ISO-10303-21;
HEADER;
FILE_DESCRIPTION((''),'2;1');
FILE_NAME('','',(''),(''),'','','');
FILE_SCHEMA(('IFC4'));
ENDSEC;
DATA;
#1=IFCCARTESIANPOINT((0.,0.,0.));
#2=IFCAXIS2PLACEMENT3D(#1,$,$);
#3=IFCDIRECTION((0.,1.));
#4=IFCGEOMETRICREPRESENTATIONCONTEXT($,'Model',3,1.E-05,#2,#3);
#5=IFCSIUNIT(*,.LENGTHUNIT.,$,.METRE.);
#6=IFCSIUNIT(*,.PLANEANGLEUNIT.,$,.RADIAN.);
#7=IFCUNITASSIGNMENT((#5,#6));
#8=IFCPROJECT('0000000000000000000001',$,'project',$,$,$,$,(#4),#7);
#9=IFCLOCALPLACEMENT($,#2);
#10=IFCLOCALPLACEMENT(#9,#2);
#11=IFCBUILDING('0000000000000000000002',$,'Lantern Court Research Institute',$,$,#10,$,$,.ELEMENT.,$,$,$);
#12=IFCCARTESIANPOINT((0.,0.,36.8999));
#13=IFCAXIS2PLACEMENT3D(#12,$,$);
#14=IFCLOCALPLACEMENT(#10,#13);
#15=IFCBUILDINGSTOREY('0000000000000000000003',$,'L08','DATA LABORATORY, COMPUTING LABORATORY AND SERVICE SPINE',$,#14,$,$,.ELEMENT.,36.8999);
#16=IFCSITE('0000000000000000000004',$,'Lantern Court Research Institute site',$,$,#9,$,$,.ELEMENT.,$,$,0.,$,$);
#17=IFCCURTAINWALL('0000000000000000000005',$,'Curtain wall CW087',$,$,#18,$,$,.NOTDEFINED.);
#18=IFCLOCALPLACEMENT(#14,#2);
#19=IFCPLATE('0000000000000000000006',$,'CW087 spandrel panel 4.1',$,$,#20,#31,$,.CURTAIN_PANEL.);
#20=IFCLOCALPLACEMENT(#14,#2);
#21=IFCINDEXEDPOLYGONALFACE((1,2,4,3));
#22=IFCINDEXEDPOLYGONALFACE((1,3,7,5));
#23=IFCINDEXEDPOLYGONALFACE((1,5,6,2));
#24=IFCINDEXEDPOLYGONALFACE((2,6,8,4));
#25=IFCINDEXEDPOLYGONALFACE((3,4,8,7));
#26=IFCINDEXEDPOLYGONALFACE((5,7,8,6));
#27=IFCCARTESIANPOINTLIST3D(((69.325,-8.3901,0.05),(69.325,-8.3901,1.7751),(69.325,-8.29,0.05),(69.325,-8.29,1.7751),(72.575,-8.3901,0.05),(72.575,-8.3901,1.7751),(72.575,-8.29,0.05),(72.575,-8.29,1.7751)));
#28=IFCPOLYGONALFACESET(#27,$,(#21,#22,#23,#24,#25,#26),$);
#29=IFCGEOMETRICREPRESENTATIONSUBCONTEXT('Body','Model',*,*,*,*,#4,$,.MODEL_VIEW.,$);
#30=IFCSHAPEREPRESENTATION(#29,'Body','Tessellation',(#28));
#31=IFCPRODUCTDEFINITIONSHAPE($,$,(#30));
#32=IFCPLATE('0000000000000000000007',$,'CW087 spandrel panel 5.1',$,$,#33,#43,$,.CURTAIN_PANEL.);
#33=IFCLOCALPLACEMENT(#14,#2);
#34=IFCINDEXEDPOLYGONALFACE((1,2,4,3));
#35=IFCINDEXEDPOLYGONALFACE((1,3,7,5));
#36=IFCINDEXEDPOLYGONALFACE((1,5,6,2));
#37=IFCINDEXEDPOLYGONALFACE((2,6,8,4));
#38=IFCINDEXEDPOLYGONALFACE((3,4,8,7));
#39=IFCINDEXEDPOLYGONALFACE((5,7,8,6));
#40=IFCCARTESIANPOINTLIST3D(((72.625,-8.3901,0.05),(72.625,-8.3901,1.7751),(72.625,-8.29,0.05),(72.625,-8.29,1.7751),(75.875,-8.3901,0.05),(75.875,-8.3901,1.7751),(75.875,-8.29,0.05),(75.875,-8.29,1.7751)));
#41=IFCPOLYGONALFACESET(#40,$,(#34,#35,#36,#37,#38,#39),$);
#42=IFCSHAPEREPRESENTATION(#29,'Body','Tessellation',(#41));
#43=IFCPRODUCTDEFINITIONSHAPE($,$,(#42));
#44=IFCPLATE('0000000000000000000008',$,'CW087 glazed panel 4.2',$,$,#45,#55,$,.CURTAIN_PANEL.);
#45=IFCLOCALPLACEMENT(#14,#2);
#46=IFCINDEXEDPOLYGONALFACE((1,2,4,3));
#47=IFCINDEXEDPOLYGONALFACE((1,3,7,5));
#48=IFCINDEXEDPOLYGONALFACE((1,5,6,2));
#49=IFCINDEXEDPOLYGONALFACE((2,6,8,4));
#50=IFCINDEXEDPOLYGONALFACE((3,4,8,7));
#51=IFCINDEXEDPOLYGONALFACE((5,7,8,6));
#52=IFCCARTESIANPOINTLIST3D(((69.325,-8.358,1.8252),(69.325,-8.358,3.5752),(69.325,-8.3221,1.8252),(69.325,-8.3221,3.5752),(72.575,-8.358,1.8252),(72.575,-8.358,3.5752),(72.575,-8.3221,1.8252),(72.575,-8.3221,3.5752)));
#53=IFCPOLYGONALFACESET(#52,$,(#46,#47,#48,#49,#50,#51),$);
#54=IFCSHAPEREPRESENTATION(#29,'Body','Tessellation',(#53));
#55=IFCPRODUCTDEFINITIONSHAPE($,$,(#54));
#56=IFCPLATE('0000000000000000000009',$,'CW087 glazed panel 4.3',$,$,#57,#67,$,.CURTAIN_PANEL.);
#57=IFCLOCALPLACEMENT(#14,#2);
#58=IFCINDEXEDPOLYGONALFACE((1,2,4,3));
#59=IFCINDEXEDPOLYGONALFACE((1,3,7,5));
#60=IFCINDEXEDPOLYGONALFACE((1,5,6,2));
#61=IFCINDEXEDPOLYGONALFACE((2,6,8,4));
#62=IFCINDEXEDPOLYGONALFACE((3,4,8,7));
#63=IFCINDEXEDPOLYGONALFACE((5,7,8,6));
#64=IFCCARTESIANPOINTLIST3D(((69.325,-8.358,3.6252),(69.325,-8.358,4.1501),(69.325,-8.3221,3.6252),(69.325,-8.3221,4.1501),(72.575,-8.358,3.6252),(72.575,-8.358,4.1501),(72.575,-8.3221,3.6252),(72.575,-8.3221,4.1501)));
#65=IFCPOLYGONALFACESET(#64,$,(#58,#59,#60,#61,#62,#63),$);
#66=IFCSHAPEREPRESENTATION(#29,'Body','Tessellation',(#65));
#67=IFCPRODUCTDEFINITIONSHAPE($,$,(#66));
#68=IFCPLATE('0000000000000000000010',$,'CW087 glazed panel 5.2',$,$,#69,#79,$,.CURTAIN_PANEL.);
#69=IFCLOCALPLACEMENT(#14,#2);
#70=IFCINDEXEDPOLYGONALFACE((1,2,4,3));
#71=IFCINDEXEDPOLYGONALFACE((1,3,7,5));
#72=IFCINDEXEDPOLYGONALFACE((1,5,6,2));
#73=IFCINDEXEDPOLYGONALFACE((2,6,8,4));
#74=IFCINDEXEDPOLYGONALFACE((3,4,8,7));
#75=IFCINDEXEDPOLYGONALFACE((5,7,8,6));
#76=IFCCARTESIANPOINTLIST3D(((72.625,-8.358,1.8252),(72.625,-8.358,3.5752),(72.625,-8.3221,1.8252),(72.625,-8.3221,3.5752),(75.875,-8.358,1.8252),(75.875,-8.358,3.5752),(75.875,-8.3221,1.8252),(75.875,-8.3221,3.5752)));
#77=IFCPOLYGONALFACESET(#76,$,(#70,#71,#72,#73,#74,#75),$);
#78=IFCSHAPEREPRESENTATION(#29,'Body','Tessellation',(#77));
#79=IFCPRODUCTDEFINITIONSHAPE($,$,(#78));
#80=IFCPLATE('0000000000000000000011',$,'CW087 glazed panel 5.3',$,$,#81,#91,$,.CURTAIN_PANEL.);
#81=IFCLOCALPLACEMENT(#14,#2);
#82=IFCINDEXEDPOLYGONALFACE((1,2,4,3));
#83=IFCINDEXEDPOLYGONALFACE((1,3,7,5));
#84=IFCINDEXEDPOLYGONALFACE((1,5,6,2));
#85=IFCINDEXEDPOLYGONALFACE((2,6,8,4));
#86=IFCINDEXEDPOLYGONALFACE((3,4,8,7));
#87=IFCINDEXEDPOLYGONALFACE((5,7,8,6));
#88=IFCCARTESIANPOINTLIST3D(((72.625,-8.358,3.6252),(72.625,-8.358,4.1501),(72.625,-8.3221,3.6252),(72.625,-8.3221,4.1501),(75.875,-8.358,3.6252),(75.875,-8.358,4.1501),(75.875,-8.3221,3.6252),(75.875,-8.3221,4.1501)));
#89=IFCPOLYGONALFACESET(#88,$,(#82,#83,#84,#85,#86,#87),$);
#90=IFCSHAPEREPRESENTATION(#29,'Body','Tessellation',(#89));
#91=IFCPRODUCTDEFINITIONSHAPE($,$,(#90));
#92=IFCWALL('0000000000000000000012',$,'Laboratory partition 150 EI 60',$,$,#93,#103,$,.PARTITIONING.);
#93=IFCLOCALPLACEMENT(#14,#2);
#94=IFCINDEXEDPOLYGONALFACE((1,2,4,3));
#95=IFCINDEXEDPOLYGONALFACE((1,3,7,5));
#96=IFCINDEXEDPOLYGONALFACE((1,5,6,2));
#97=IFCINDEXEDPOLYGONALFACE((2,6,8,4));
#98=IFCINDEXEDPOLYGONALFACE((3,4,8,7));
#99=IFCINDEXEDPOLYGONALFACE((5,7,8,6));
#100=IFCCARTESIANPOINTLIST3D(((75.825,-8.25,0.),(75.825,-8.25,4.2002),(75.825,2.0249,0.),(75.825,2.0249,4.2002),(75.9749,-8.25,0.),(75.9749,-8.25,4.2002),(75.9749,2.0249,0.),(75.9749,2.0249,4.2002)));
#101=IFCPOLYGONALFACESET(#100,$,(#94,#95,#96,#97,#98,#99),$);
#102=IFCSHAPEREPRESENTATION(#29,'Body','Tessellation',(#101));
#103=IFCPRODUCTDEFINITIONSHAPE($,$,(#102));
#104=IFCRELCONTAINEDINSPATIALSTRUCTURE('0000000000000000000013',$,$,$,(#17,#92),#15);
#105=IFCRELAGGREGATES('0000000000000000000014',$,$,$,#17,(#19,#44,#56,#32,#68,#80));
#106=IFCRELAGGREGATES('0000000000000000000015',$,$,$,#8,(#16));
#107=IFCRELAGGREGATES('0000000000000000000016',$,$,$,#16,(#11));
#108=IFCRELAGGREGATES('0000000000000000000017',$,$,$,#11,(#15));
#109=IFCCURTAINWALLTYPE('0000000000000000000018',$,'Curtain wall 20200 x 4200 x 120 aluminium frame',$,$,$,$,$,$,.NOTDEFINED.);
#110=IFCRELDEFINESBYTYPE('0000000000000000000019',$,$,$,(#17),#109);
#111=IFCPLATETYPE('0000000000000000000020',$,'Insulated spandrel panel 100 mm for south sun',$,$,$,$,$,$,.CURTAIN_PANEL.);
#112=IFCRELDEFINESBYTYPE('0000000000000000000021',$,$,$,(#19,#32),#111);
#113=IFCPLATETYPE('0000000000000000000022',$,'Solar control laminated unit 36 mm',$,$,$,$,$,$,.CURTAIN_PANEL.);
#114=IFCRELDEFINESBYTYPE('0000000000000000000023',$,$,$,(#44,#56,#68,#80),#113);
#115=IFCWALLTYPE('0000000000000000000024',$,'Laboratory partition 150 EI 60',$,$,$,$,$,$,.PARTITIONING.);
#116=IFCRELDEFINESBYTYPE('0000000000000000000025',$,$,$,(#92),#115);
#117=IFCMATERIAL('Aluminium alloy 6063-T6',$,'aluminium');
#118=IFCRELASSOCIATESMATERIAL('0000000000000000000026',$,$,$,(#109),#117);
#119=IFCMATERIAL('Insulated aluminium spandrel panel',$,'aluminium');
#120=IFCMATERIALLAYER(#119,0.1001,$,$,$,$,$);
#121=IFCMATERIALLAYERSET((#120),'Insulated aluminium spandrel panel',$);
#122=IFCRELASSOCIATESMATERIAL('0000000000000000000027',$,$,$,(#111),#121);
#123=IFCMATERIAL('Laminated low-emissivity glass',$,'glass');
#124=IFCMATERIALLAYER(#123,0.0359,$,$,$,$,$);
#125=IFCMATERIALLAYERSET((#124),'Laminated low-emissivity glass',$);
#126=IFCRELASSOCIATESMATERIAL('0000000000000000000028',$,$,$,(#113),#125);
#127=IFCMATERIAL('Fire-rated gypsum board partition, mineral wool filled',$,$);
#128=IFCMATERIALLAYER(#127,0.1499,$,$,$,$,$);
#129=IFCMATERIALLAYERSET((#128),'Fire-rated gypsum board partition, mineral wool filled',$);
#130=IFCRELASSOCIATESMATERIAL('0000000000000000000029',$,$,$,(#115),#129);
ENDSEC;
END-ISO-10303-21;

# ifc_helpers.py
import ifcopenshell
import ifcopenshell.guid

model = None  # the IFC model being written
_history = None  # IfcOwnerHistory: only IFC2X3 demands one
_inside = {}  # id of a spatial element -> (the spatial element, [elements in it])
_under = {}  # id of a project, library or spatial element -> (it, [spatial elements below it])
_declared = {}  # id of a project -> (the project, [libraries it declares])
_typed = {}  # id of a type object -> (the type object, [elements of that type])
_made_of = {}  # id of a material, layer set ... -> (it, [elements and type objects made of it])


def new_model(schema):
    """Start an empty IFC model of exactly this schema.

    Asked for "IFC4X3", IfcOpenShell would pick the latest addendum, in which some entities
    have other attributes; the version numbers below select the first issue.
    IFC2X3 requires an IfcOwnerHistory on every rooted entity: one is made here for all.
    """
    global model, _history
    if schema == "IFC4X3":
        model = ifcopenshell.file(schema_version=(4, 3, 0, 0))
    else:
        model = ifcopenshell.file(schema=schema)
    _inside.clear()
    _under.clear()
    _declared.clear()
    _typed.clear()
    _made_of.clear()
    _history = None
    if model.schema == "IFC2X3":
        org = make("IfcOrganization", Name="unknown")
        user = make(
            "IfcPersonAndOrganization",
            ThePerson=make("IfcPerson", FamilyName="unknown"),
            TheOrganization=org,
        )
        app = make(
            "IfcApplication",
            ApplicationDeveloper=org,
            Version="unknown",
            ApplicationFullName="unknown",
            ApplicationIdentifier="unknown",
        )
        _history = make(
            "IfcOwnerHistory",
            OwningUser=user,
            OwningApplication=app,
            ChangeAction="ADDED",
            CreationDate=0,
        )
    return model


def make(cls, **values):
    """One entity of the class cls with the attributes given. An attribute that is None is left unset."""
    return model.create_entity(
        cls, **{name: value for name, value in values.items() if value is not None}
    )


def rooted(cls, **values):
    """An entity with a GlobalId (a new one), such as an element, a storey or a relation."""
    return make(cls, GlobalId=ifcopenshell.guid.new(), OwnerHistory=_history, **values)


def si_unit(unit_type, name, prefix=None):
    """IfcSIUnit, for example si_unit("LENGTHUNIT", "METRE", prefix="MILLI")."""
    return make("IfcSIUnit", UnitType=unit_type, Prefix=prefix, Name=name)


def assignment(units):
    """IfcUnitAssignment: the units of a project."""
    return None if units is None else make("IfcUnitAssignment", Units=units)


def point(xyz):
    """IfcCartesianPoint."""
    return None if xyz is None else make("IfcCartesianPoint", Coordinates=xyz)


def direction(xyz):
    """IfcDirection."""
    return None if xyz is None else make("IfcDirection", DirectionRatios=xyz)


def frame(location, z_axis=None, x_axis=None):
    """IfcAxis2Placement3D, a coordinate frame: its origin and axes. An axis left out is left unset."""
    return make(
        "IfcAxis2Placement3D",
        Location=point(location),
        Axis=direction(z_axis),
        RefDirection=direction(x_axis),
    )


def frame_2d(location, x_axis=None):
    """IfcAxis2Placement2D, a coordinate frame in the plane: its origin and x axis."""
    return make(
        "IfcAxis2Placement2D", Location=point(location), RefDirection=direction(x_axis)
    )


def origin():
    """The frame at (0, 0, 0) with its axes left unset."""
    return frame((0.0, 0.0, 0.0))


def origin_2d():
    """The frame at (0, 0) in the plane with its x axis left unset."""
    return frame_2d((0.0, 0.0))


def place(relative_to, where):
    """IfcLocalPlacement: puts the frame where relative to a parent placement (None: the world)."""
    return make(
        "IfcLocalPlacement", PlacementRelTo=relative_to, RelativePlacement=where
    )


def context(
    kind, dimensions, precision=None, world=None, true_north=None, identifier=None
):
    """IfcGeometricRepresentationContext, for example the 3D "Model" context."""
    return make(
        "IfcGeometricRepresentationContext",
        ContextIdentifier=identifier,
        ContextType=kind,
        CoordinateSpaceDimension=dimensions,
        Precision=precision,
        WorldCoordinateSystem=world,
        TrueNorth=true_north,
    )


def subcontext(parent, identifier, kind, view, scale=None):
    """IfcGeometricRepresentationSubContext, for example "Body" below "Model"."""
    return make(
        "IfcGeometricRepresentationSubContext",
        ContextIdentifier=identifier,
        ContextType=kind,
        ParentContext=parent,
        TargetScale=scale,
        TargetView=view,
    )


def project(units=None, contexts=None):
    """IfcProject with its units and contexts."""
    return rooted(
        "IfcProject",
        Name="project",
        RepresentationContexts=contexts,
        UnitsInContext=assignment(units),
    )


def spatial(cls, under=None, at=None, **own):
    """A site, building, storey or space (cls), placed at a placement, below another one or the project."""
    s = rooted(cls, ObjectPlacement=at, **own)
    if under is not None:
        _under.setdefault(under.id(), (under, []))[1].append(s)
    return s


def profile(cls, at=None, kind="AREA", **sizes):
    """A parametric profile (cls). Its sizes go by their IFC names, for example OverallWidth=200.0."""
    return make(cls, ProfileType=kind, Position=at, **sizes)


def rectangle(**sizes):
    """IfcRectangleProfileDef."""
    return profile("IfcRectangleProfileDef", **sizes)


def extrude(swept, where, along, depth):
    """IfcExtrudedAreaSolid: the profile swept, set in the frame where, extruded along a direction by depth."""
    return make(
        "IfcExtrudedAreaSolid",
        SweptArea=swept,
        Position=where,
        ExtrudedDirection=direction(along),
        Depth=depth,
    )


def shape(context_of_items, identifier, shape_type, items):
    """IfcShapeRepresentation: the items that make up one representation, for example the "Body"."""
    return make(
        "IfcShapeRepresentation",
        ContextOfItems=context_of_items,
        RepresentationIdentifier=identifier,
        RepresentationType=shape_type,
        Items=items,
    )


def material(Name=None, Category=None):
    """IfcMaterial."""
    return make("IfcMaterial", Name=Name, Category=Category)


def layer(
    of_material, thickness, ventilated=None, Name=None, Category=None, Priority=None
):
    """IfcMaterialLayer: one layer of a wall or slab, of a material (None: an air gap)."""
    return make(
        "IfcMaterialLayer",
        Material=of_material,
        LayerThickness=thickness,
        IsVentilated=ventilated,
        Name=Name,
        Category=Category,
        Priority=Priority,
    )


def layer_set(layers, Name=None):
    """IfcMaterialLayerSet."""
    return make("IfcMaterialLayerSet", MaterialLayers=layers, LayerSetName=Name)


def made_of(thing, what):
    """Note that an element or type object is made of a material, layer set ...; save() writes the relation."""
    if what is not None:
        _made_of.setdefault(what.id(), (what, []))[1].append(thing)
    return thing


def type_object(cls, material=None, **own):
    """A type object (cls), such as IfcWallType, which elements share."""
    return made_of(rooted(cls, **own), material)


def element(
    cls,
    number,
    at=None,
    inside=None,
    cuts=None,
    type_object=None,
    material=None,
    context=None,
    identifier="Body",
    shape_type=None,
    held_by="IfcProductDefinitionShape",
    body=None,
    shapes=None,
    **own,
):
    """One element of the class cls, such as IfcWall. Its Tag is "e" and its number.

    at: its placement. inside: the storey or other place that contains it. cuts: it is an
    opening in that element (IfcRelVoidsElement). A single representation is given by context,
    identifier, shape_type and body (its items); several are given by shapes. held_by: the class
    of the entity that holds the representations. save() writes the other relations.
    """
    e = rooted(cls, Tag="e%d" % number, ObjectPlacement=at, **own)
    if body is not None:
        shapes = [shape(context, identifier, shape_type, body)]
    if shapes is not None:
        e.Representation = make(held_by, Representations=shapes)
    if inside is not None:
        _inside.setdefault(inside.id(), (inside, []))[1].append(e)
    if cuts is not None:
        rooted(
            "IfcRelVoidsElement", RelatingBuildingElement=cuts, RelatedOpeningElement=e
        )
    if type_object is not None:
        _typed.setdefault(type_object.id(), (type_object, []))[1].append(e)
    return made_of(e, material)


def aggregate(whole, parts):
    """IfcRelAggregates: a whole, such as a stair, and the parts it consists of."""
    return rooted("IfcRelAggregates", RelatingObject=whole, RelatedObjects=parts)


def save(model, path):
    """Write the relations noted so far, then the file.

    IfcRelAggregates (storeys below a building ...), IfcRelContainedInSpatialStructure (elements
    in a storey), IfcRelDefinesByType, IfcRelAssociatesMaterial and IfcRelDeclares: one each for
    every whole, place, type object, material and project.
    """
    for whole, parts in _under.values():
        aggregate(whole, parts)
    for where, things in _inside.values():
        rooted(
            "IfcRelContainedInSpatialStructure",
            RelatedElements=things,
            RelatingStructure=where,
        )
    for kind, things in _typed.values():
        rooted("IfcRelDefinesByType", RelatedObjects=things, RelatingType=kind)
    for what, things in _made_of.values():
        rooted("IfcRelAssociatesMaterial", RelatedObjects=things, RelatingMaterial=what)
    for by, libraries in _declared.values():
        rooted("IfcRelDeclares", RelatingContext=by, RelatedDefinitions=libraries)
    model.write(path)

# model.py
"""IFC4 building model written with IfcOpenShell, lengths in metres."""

from ifc_helpers import new_model, si_unit, direction, frame, frame_2d, origin, origin_2d, place, context, subcontext, project, spatial, rectangle, extrude, material, layer, layer_set, type_object, element, aggregate, save


model = new_model("IFC4")

# Units and contexts
model_context = context("Model", 3, precision=1e-05, world=origin(), true_north=direction((0.0, 1.0)))
body_context = subcontext(model_context, "Body", "Model", "MODEL_VIEW")
ifc_project = project(units=[si_unit("LENGTHUNIT", "METRE"), si_unit("PLANEANGLEUNIT", "RADIAN")], contexts=[model_context])

# Site, building, storey
site_placement = place(None, origin())
site = spatial("IfcSite", under=ifc_project, at=site_placement, Name="Lantern Court Research Institute site", CompositionType="ELEMENT", RefElevation=0.0)
building_placement = place(site_placement, origin())
building = spatial("IfcBuilding", under=site, at=building_placement, Name="Lantern Court Research Institute", CompositionType="ELEMENT")
storey_placement = place(building_placement, frame((0.0, 0.0, 36.8999)))
storey = spatial("IfcBuildingStorey", under=building, at=storey_placement, Name="L08", Description="DATA LABORATORY, COMPUTING LABORATORY AND SERVICE SPINE", CompositionType="ELEMENT", Elevation=36.8999)

# Curtain wall, plates
ifc_material_1 = material(Name="Aluminium alloy 6063-T6", Category="aluminium")
curtain_wall_type = type_object("IfcCurtainWallType", Name="Curtain wall 20200 x 4200 x 120 aluminium frame", PredefinedType="NOTDEFINED", material=ifc_material_1)
curtain_wall_placement = place(storey_placement, origin())
curtain_wall = element("IfcCurtainWall", 1, at=curtain_wall_placement, inside=storey, type_object=curtain_wall_type, Name="Curtain wall CW087", PredefinedType="NOTDEFINED")
ifc_material_2 = material(Name="Insulated aluminium spandrel panel", Category="aluminium")
ifc_layer_1 = layer(ifc_material_2, 0.1001)
ifc_layer_set_1 = layer_set([ifc_layer_1], Name="Insulated aluminium spandrel panel")
plate_type_1 = type_object("IfcPlateType", Name="Insulated spandrel panel 100 mm for south sun", PredefinedType="CURTAIN_PANEL", material=ifc_layer_set_1)
plate_1_placement = place(storey_placement, frame((70.95, -8.3401, 0.05), z_axis=(0.0, 0.0, 1.0), x_axis=(-1.0, 0.0, 0.0)))
plate_1 = element("IfcPlate", 2, at=plate_1_placement, type_object=plate_type_1, Name="CW087 spandrel panel 4.1", PredefinedType="CURTAIN_PANEL", context=body_context, shape_type="SweptSolid", body=[
    extrude(rectangle(XDim=3.25, YDim=0.1001, at=origin_2d()), origin(), (0.0, 0.0, 1.0), 1.7251),
])
plate_2_placement = place(storey_placement, frame((74.25, -8.3401, 0.05), z_axis=(0.0, 0.0, 1.0), x_axis=(-1.0, 0.0, 0.0)))
plate_2 = element("IfcPlate", 3, at=plate_2_placement, type_object=plate_type_1, Name="CW087 spandrel panel 5.1", PredefinedType="CURTAIN_PANEL", context=body_context, shape_type="SweptSolid", body=[
    extrude(rectangle(XDim=3.25, YDim=0.1001, at=origin_2d()), origin(), (0.0, 0.0, 1.0), 1.7251),
])
ifc_material_3 = material(Name="Laminated low-emissivity glass", Category="glass")
ifc_layer_2 = layer(ifc_material_3, 0.0359)
ifc_layer_set_2 = layer_set([ifc_layer_2], Name="Laminated low-emissivity glass")
plate_type_2 = type_object("IfcPlateType", Name="Solar control laminated unit 36 mm", PredefinedType="CURTAIN_PANEL", material=ifc_layer_set_2)
plate_3_placement = place(storey_placement, frame((70.95, -8.3401, 1.8252), z_axis=(0.0, 0.0, 1.0), x_axis=(-1.0, 0.0, 0.0)))
plate_3 = element("IfcPlate", 4, at=plate_3_placement, type_object=plate_type_2, Name="CW087 glazed panel 4.2", PredefinedType="CURTAIN_PANEL", context=body_context, shape_type="SweptSolid", body=[
    extrude(rectangle(XDim=3.25, YDim=0.0359, at=origin_2d()), origin(), (0.0, 0.0, 1.0), 1.75),
])
plate_4_placement = place(storey_placement, frame((70.95, -8.3401, 3.6252), z_axis=(0.0, 0.0, 1.0), x_axis=(-1.0, 0.0, 0.0)))
plate_4 = element("IfcPlate", 5, at=plate_4_placement, type_object=plate_type_2, Name="CW087 glazed panel 4.3", PredefinedType="CURTAIN_PANEL", context=body_context, shape_type="SweptSolid", body=[
    extrude(rectangle(XDim=3.25, YDim=0.0359, at=origin_2d()), origin(), (0.0, 0.0, 1.0), 0.5249),
])
plate_5_placement = place(storey_placement, frame((74.25, -8.3401, 1.8252), z_axis=(0.0, 0.0, 1.0), x_axis=(-1.0, 0.0, 0.0)))
plate_5 = element("IfcPlate", 6, at=plate_5_placement, type_object=plate_type_2, Name="CW087 glazed panel 5.2", PredefinedType="CURTAIN_PANEL", context=body_context, shape_type="SweptSolid", body=[
    extrude(rectangle(XDim=3.25, YDim=0.0359, at=origin_2d()), origin(), (0.0, 0.0, 1.0), 1.75),
])
plate_6_placement = place(storey_placement, frame((74.25, -8.3401, 3.6252), z_axis=(0.0, 0.0, 1.0), x_axis=(-1.0, 0.0, 0.0)))
plate_6 = element("IfcPlate", 7, at=plate_6_placement, type_object=plate_type_2, Name="CW087 glazed panel 5.3", PredefinedType="CURTAIN_PANEL", context=body_context, shape_type="SweptSolid", body=[
    extrude(rectangle(XDim=3.25, YDim=0.0359, at=origin_2d()), origin(), (0.0, 0.0, 1.0), 0.5249),
])
aggregate(curtain_wall, [plate_1, plate_3, plate_4, plate_2, plate_5, plate_6])

# Wall
ifc_material_4 = material(Name="Fire-rated gypsum board partition, mineral wool filled")
ifc_layer_3 = layer(ifc_material_4, 0.1499)
ifc_layer_set_3 = layer_set([ifc_layer_3], Name="Fire-rated gypsum board partition, mineral wool filled")
wall_type = type_object("IfcWallType", Name="Laboratory partition 150 EI 60", PredefinedType="PARTITIONING", material=ifc_layer_set_3)
wall_placement = place(storey_placement, frame((75.8999, -8.25, 0.0), z_axis=(0.0, 0.0, 1.0), x_axis=(0.0, 1.0, 0.0)))
element("IfcWall", 8, at=wall_placement, inside=storey, type_object=wall_type, Name="Laboratory partition 150 EI 60", PredefinedType="PARTITIONING", context=body_context, shape_type="SweptSolid", body=[
    extrude(rectangle(XDim=10.2749, YDim=0.1499, at=frame_2d((5.1375, 0.0))), origin(), (0.0, 0.0, 1.0), 4.2002),
])

save(model, "model.ifc")
